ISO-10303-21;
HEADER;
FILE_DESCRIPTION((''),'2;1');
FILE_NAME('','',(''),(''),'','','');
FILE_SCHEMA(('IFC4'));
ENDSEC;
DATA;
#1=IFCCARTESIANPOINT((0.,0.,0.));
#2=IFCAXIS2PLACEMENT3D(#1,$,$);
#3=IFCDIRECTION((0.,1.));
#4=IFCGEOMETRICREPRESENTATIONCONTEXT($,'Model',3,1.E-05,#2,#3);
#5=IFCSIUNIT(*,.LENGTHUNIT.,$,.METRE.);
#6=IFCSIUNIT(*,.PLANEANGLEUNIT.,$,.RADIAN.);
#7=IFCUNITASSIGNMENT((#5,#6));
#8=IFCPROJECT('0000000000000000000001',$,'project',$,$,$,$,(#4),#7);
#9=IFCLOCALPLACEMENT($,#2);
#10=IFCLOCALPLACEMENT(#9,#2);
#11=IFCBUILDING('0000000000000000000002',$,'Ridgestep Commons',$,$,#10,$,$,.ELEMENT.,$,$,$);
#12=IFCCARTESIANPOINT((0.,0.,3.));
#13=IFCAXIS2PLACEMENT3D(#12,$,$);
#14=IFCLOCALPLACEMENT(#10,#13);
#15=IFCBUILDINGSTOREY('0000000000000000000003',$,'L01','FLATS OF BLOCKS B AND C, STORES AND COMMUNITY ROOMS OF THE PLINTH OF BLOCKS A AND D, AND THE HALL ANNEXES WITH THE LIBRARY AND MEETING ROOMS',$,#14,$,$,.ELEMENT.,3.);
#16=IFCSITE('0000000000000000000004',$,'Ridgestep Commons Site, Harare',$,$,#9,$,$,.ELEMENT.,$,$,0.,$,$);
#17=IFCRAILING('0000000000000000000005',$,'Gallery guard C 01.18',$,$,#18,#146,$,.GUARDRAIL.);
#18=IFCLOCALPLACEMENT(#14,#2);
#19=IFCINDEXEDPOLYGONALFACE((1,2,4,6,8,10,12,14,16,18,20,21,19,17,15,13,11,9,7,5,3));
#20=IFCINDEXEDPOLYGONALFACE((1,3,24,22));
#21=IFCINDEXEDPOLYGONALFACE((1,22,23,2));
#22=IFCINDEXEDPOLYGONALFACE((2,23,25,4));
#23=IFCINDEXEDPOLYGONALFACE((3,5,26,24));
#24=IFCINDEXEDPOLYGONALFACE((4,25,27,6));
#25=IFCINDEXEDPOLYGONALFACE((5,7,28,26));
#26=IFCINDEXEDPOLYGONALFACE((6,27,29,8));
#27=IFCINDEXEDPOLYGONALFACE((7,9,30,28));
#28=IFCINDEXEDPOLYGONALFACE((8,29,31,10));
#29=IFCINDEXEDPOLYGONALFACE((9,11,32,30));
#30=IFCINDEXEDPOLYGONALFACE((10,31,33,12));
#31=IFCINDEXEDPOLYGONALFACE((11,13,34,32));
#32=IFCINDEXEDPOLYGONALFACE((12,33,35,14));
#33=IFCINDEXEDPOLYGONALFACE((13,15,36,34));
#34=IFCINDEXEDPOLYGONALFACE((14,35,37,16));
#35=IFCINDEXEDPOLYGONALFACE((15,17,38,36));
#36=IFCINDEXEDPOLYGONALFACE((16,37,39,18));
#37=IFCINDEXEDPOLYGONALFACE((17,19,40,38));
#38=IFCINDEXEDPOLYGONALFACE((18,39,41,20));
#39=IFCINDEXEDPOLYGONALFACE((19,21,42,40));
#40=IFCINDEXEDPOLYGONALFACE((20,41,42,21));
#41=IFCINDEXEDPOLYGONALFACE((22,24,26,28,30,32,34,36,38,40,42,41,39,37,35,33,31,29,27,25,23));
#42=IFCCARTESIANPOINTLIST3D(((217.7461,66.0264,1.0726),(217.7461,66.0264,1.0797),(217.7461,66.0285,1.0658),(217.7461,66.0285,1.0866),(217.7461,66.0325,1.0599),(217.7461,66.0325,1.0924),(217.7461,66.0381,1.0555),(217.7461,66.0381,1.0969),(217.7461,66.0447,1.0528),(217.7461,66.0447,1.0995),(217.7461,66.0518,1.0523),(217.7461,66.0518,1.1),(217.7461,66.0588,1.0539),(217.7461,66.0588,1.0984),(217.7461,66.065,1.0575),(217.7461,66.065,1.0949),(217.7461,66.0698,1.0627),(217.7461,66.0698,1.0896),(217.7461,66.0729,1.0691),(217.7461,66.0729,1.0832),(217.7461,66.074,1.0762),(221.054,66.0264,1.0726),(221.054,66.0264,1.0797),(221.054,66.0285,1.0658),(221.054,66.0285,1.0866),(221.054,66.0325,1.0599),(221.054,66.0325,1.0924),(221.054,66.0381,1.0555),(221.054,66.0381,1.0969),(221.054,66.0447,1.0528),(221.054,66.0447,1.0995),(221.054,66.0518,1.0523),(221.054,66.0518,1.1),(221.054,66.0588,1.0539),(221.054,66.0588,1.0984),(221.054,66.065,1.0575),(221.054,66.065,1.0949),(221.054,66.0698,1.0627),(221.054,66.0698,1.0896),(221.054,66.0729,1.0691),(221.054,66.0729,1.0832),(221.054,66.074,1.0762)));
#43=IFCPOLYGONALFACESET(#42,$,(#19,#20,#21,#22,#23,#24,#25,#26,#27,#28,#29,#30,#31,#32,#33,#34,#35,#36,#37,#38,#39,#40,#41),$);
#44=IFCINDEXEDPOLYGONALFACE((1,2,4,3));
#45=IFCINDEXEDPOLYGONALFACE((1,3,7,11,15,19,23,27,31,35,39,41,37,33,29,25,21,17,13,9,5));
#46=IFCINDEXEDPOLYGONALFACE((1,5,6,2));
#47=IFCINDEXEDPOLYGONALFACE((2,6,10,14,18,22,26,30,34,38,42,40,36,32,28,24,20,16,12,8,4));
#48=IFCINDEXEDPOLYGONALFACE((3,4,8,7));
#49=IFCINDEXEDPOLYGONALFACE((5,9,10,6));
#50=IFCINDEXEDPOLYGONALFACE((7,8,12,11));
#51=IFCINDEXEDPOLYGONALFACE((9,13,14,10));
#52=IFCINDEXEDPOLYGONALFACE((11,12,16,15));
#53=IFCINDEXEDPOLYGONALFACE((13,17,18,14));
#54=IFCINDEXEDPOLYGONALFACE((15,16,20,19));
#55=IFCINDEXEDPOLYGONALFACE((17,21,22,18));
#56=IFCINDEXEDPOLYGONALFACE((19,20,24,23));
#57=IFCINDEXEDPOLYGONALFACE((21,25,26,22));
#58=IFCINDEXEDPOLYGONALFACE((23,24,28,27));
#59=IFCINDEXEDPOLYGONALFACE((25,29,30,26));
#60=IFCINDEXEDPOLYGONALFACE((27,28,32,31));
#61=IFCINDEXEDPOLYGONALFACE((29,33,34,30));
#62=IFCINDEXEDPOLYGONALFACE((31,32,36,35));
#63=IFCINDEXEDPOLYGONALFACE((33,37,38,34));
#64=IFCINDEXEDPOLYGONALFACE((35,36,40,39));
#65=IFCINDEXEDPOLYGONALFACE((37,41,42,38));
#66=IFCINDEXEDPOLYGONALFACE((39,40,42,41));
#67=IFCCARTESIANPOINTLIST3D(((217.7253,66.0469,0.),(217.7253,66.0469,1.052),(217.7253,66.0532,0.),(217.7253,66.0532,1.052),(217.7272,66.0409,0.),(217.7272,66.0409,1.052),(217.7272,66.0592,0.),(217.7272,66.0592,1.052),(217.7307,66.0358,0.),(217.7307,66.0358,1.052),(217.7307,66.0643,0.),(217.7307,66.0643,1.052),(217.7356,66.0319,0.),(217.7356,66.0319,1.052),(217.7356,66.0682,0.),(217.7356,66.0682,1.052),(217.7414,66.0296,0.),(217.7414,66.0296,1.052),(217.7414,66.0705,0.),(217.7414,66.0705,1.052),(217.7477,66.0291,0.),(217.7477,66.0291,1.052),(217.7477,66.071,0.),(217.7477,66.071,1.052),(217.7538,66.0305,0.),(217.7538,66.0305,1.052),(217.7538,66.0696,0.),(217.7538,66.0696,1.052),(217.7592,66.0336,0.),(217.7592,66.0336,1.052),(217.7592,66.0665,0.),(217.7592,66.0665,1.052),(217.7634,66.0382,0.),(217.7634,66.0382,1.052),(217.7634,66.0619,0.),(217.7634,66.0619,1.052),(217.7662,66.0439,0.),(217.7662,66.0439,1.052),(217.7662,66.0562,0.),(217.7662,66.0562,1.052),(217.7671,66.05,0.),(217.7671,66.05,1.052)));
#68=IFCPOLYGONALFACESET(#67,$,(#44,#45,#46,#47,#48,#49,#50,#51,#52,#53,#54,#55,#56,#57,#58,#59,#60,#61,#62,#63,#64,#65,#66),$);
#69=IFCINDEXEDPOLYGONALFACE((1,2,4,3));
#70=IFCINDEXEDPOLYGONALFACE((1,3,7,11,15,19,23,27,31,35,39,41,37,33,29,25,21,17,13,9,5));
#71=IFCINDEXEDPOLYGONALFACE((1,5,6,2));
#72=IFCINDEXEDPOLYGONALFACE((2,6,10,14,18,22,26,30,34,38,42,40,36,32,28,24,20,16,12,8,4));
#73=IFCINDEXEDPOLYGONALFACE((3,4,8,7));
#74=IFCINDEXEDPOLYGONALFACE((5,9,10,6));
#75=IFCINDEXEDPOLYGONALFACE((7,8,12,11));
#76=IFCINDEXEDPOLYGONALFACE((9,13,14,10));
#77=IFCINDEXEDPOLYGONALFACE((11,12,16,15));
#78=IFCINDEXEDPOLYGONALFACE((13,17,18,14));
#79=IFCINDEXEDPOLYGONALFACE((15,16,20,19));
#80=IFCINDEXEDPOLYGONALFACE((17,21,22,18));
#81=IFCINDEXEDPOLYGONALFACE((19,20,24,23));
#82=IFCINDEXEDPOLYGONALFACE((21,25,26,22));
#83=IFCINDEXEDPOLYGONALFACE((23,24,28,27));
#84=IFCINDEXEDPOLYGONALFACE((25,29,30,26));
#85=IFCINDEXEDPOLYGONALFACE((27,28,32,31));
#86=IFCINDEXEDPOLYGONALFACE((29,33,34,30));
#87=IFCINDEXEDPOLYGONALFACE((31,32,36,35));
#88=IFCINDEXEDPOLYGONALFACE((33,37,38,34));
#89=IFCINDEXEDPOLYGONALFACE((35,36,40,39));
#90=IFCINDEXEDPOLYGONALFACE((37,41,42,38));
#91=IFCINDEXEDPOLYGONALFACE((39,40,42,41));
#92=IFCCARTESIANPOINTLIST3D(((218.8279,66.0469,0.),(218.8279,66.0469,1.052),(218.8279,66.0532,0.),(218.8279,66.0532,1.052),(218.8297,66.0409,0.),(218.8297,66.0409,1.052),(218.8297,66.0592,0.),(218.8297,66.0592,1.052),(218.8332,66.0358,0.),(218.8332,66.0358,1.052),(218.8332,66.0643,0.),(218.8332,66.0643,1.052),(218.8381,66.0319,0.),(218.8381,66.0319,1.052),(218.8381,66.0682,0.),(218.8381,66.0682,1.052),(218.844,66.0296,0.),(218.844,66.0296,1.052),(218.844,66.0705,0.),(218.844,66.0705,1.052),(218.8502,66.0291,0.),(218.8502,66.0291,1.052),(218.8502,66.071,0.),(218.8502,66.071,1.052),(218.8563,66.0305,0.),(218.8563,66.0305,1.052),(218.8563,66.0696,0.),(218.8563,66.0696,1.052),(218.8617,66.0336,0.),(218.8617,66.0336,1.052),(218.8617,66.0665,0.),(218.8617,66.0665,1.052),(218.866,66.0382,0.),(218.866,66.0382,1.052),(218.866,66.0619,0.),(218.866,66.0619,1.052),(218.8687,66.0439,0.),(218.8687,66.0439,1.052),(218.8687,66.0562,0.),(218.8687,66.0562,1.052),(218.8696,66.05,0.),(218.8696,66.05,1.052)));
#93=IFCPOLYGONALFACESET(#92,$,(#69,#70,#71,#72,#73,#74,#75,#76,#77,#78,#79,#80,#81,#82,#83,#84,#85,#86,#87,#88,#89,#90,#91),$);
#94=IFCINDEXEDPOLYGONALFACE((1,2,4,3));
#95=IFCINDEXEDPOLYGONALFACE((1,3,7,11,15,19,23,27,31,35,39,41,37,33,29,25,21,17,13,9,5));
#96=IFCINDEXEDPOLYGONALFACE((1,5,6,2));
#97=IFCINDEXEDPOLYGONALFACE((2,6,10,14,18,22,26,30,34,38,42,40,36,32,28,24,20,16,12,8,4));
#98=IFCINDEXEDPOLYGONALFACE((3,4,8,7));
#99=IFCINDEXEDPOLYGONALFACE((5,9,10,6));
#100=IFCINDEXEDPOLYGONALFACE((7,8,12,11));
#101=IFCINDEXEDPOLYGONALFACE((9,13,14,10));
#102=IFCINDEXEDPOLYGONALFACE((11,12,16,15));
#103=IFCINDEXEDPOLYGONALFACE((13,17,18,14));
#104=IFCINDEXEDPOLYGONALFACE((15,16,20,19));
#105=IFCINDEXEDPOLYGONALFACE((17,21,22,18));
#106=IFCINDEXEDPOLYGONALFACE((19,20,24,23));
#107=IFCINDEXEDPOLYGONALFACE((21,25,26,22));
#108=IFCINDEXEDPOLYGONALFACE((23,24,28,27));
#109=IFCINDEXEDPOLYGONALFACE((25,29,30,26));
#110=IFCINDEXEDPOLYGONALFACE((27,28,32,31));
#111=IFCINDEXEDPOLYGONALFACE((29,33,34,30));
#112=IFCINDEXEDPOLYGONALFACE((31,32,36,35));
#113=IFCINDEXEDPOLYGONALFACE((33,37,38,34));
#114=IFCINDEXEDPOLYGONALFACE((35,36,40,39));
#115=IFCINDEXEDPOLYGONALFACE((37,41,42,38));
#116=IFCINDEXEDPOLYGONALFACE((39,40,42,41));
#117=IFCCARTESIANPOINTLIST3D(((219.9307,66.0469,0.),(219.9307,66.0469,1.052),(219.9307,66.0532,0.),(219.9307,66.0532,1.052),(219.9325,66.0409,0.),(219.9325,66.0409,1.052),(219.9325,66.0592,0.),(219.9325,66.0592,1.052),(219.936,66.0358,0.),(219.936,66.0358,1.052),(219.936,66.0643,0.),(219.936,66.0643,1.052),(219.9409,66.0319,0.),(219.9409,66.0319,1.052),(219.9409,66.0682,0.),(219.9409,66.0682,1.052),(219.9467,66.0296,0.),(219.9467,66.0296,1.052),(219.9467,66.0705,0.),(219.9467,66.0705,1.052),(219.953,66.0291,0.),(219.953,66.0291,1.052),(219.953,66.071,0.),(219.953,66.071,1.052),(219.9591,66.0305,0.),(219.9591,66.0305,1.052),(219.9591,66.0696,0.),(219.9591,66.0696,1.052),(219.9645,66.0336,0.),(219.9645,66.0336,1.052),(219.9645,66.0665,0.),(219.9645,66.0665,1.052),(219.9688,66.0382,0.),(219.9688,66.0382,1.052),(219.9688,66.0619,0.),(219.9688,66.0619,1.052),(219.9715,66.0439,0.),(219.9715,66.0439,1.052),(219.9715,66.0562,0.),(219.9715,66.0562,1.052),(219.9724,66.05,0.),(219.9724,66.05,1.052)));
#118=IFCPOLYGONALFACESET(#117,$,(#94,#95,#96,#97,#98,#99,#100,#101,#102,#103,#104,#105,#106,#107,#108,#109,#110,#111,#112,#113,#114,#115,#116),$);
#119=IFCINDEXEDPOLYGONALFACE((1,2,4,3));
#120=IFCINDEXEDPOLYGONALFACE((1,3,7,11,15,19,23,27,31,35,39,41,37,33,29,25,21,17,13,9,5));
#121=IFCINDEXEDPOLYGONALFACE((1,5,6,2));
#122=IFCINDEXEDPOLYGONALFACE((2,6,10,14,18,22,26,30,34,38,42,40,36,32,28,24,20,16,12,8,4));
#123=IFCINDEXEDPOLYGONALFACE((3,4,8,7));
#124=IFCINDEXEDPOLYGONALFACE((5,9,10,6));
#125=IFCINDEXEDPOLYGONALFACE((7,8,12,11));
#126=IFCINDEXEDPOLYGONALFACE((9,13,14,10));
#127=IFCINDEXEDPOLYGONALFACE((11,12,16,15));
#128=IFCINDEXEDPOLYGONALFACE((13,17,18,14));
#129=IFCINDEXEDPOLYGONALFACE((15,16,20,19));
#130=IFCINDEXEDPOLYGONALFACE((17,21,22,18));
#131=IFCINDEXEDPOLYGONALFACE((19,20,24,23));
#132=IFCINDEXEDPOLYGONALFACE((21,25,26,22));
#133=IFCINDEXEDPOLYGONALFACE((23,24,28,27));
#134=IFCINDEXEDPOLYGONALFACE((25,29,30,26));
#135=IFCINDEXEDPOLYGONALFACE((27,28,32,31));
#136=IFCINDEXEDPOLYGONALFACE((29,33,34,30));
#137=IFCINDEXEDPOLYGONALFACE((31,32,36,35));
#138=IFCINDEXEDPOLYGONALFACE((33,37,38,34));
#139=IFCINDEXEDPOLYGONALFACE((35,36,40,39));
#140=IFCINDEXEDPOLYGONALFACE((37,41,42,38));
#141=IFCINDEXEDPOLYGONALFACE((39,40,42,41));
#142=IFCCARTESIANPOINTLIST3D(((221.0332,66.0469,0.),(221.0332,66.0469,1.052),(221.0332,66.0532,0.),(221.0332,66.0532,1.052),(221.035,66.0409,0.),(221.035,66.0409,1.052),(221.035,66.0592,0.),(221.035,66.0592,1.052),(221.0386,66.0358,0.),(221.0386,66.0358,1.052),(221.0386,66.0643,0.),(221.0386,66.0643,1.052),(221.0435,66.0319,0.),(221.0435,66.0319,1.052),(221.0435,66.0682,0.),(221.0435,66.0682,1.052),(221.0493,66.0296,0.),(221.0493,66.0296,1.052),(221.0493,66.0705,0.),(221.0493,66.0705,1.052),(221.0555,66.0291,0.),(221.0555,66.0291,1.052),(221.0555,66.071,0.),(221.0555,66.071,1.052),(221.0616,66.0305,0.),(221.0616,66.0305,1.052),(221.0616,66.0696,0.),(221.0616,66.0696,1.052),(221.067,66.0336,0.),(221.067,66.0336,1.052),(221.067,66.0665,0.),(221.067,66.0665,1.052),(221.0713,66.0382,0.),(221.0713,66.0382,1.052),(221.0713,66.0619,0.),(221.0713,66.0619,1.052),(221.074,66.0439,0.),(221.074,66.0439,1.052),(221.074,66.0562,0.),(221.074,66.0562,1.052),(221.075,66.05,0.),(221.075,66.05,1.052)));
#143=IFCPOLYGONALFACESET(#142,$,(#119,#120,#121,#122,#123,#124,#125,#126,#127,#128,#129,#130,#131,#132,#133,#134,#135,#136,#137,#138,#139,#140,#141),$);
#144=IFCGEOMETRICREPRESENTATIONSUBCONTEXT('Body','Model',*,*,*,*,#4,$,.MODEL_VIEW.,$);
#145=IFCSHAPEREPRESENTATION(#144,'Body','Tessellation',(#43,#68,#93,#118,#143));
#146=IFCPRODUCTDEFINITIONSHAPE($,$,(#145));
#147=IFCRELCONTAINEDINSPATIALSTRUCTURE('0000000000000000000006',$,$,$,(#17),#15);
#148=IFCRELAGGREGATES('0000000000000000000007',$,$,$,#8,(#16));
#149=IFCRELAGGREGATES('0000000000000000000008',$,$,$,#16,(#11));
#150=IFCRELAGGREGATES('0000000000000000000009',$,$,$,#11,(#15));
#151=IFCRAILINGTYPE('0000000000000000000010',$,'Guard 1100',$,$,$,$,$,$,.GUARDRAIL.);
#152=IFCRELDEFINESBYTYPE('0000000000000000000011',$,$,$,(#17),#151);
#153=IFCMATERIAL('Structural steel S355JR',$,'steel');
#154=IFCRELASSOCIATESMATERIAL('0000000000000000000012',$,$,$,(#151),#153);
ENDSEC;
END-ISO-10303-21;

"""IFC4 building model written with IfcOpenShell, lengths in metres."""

from ifc_helpers import new_model, si_unit, direction, frame, origin, origin_2d, place, context, subcontext, project, spatial, circle, extrude, material, type_object, element, save


model = new_model("IFC4")

# Units and contexts
model_context = context("Model", 3, precision=1e-05, world=origin(), true_north=direction((0.0, 1.0)))
body_context = subcontext(model_context, "Body", "Model", "MODEL_VIEW")
ifc_project = project(units=[si_unit("LENGTHUNIT", "METRE"), si_unit("PLANEANGLEUNIT", "RADIAN")], contexts=[model_context])

# Site, building, storey
site_placement = place(None, origin())
site = spatial("IfcSite", under=ifc_project, at=site_placement, Name="Ridgestep Commons Site, Harare", CompositionType="ELEMENT", RefElevation=0.0)
building_placement = place(site_placement, origin())
building = spatial("IfcBuilding", under=site, at=building_placement, Name="Ridgestep Commons", CompositionType="ELEMENT")
storey_placement = place(building_placement, frame((0.0, 0.0, 3.0)))
storey = spatial("IfcBuildingStorey", under=building, at=storey_placement, Name="L01", Description="FLATS OF BLOCKS B AND C, STORES AND COMMUNITY ROOMS OF THE PLINTH OF BLOCKS A AND D, AND THE HALL ANNEXES WITH THE LIBRARY AND MEETING ROOMS", CompositionType="ELEMENT", Elevation=3.0)

# Railing
ifc_material_1 = material(Name="Structural steel S355JR", Category="steel")
railing_type = type_object("IfcRailingType", Name="Guard 1100", PredefinedType="GUARDRAIL", material=ifc_material_1)
railing_1_placement = place(storey_placement, frame((217.7461, 66.05, 0.0)))
element("IfcRailing", 1, at=railing_1_placement, inside=storey, type_object=railing_type, Name="Gallery guard C 01.18", PredefinedType="GUARDRAIL", context=body_context, shape_type="SweptSolid", body=[
    extrude(circle(Radius=0.0239, at=origin_2d()), frame((0.0, 0.0, 1.0762), z_axis=(1.0, 0.0, 0.0), x_axis=(0.0, 1.0, 0.0)), (0.0, 0.0, 1.0), 3.3079),
    extrude(circle(Radius=0.021, at=origin_2d()), origin(), (0.0, 0.0, 1.0), 1.052),
    extrude(circle(Radius=0.021, at=origin_2d()), frame((1.1025, 0.0, 0.0)), (0.0, 0.0, 1.0), 1.052),
    extrude(circle(Radius=0.021, at=origin_2d()), frame((2.2053, 0.0, 0.0)), (0.0, 0.0, 1.0), 1.052),
    extrude(circle(Radius=0.021, at=origin_2d()), frame((3.3079, 0.0, 0.0)), (0.0, 0.0, 1.0), 1.052),
])

save(model, "model.ifc")
